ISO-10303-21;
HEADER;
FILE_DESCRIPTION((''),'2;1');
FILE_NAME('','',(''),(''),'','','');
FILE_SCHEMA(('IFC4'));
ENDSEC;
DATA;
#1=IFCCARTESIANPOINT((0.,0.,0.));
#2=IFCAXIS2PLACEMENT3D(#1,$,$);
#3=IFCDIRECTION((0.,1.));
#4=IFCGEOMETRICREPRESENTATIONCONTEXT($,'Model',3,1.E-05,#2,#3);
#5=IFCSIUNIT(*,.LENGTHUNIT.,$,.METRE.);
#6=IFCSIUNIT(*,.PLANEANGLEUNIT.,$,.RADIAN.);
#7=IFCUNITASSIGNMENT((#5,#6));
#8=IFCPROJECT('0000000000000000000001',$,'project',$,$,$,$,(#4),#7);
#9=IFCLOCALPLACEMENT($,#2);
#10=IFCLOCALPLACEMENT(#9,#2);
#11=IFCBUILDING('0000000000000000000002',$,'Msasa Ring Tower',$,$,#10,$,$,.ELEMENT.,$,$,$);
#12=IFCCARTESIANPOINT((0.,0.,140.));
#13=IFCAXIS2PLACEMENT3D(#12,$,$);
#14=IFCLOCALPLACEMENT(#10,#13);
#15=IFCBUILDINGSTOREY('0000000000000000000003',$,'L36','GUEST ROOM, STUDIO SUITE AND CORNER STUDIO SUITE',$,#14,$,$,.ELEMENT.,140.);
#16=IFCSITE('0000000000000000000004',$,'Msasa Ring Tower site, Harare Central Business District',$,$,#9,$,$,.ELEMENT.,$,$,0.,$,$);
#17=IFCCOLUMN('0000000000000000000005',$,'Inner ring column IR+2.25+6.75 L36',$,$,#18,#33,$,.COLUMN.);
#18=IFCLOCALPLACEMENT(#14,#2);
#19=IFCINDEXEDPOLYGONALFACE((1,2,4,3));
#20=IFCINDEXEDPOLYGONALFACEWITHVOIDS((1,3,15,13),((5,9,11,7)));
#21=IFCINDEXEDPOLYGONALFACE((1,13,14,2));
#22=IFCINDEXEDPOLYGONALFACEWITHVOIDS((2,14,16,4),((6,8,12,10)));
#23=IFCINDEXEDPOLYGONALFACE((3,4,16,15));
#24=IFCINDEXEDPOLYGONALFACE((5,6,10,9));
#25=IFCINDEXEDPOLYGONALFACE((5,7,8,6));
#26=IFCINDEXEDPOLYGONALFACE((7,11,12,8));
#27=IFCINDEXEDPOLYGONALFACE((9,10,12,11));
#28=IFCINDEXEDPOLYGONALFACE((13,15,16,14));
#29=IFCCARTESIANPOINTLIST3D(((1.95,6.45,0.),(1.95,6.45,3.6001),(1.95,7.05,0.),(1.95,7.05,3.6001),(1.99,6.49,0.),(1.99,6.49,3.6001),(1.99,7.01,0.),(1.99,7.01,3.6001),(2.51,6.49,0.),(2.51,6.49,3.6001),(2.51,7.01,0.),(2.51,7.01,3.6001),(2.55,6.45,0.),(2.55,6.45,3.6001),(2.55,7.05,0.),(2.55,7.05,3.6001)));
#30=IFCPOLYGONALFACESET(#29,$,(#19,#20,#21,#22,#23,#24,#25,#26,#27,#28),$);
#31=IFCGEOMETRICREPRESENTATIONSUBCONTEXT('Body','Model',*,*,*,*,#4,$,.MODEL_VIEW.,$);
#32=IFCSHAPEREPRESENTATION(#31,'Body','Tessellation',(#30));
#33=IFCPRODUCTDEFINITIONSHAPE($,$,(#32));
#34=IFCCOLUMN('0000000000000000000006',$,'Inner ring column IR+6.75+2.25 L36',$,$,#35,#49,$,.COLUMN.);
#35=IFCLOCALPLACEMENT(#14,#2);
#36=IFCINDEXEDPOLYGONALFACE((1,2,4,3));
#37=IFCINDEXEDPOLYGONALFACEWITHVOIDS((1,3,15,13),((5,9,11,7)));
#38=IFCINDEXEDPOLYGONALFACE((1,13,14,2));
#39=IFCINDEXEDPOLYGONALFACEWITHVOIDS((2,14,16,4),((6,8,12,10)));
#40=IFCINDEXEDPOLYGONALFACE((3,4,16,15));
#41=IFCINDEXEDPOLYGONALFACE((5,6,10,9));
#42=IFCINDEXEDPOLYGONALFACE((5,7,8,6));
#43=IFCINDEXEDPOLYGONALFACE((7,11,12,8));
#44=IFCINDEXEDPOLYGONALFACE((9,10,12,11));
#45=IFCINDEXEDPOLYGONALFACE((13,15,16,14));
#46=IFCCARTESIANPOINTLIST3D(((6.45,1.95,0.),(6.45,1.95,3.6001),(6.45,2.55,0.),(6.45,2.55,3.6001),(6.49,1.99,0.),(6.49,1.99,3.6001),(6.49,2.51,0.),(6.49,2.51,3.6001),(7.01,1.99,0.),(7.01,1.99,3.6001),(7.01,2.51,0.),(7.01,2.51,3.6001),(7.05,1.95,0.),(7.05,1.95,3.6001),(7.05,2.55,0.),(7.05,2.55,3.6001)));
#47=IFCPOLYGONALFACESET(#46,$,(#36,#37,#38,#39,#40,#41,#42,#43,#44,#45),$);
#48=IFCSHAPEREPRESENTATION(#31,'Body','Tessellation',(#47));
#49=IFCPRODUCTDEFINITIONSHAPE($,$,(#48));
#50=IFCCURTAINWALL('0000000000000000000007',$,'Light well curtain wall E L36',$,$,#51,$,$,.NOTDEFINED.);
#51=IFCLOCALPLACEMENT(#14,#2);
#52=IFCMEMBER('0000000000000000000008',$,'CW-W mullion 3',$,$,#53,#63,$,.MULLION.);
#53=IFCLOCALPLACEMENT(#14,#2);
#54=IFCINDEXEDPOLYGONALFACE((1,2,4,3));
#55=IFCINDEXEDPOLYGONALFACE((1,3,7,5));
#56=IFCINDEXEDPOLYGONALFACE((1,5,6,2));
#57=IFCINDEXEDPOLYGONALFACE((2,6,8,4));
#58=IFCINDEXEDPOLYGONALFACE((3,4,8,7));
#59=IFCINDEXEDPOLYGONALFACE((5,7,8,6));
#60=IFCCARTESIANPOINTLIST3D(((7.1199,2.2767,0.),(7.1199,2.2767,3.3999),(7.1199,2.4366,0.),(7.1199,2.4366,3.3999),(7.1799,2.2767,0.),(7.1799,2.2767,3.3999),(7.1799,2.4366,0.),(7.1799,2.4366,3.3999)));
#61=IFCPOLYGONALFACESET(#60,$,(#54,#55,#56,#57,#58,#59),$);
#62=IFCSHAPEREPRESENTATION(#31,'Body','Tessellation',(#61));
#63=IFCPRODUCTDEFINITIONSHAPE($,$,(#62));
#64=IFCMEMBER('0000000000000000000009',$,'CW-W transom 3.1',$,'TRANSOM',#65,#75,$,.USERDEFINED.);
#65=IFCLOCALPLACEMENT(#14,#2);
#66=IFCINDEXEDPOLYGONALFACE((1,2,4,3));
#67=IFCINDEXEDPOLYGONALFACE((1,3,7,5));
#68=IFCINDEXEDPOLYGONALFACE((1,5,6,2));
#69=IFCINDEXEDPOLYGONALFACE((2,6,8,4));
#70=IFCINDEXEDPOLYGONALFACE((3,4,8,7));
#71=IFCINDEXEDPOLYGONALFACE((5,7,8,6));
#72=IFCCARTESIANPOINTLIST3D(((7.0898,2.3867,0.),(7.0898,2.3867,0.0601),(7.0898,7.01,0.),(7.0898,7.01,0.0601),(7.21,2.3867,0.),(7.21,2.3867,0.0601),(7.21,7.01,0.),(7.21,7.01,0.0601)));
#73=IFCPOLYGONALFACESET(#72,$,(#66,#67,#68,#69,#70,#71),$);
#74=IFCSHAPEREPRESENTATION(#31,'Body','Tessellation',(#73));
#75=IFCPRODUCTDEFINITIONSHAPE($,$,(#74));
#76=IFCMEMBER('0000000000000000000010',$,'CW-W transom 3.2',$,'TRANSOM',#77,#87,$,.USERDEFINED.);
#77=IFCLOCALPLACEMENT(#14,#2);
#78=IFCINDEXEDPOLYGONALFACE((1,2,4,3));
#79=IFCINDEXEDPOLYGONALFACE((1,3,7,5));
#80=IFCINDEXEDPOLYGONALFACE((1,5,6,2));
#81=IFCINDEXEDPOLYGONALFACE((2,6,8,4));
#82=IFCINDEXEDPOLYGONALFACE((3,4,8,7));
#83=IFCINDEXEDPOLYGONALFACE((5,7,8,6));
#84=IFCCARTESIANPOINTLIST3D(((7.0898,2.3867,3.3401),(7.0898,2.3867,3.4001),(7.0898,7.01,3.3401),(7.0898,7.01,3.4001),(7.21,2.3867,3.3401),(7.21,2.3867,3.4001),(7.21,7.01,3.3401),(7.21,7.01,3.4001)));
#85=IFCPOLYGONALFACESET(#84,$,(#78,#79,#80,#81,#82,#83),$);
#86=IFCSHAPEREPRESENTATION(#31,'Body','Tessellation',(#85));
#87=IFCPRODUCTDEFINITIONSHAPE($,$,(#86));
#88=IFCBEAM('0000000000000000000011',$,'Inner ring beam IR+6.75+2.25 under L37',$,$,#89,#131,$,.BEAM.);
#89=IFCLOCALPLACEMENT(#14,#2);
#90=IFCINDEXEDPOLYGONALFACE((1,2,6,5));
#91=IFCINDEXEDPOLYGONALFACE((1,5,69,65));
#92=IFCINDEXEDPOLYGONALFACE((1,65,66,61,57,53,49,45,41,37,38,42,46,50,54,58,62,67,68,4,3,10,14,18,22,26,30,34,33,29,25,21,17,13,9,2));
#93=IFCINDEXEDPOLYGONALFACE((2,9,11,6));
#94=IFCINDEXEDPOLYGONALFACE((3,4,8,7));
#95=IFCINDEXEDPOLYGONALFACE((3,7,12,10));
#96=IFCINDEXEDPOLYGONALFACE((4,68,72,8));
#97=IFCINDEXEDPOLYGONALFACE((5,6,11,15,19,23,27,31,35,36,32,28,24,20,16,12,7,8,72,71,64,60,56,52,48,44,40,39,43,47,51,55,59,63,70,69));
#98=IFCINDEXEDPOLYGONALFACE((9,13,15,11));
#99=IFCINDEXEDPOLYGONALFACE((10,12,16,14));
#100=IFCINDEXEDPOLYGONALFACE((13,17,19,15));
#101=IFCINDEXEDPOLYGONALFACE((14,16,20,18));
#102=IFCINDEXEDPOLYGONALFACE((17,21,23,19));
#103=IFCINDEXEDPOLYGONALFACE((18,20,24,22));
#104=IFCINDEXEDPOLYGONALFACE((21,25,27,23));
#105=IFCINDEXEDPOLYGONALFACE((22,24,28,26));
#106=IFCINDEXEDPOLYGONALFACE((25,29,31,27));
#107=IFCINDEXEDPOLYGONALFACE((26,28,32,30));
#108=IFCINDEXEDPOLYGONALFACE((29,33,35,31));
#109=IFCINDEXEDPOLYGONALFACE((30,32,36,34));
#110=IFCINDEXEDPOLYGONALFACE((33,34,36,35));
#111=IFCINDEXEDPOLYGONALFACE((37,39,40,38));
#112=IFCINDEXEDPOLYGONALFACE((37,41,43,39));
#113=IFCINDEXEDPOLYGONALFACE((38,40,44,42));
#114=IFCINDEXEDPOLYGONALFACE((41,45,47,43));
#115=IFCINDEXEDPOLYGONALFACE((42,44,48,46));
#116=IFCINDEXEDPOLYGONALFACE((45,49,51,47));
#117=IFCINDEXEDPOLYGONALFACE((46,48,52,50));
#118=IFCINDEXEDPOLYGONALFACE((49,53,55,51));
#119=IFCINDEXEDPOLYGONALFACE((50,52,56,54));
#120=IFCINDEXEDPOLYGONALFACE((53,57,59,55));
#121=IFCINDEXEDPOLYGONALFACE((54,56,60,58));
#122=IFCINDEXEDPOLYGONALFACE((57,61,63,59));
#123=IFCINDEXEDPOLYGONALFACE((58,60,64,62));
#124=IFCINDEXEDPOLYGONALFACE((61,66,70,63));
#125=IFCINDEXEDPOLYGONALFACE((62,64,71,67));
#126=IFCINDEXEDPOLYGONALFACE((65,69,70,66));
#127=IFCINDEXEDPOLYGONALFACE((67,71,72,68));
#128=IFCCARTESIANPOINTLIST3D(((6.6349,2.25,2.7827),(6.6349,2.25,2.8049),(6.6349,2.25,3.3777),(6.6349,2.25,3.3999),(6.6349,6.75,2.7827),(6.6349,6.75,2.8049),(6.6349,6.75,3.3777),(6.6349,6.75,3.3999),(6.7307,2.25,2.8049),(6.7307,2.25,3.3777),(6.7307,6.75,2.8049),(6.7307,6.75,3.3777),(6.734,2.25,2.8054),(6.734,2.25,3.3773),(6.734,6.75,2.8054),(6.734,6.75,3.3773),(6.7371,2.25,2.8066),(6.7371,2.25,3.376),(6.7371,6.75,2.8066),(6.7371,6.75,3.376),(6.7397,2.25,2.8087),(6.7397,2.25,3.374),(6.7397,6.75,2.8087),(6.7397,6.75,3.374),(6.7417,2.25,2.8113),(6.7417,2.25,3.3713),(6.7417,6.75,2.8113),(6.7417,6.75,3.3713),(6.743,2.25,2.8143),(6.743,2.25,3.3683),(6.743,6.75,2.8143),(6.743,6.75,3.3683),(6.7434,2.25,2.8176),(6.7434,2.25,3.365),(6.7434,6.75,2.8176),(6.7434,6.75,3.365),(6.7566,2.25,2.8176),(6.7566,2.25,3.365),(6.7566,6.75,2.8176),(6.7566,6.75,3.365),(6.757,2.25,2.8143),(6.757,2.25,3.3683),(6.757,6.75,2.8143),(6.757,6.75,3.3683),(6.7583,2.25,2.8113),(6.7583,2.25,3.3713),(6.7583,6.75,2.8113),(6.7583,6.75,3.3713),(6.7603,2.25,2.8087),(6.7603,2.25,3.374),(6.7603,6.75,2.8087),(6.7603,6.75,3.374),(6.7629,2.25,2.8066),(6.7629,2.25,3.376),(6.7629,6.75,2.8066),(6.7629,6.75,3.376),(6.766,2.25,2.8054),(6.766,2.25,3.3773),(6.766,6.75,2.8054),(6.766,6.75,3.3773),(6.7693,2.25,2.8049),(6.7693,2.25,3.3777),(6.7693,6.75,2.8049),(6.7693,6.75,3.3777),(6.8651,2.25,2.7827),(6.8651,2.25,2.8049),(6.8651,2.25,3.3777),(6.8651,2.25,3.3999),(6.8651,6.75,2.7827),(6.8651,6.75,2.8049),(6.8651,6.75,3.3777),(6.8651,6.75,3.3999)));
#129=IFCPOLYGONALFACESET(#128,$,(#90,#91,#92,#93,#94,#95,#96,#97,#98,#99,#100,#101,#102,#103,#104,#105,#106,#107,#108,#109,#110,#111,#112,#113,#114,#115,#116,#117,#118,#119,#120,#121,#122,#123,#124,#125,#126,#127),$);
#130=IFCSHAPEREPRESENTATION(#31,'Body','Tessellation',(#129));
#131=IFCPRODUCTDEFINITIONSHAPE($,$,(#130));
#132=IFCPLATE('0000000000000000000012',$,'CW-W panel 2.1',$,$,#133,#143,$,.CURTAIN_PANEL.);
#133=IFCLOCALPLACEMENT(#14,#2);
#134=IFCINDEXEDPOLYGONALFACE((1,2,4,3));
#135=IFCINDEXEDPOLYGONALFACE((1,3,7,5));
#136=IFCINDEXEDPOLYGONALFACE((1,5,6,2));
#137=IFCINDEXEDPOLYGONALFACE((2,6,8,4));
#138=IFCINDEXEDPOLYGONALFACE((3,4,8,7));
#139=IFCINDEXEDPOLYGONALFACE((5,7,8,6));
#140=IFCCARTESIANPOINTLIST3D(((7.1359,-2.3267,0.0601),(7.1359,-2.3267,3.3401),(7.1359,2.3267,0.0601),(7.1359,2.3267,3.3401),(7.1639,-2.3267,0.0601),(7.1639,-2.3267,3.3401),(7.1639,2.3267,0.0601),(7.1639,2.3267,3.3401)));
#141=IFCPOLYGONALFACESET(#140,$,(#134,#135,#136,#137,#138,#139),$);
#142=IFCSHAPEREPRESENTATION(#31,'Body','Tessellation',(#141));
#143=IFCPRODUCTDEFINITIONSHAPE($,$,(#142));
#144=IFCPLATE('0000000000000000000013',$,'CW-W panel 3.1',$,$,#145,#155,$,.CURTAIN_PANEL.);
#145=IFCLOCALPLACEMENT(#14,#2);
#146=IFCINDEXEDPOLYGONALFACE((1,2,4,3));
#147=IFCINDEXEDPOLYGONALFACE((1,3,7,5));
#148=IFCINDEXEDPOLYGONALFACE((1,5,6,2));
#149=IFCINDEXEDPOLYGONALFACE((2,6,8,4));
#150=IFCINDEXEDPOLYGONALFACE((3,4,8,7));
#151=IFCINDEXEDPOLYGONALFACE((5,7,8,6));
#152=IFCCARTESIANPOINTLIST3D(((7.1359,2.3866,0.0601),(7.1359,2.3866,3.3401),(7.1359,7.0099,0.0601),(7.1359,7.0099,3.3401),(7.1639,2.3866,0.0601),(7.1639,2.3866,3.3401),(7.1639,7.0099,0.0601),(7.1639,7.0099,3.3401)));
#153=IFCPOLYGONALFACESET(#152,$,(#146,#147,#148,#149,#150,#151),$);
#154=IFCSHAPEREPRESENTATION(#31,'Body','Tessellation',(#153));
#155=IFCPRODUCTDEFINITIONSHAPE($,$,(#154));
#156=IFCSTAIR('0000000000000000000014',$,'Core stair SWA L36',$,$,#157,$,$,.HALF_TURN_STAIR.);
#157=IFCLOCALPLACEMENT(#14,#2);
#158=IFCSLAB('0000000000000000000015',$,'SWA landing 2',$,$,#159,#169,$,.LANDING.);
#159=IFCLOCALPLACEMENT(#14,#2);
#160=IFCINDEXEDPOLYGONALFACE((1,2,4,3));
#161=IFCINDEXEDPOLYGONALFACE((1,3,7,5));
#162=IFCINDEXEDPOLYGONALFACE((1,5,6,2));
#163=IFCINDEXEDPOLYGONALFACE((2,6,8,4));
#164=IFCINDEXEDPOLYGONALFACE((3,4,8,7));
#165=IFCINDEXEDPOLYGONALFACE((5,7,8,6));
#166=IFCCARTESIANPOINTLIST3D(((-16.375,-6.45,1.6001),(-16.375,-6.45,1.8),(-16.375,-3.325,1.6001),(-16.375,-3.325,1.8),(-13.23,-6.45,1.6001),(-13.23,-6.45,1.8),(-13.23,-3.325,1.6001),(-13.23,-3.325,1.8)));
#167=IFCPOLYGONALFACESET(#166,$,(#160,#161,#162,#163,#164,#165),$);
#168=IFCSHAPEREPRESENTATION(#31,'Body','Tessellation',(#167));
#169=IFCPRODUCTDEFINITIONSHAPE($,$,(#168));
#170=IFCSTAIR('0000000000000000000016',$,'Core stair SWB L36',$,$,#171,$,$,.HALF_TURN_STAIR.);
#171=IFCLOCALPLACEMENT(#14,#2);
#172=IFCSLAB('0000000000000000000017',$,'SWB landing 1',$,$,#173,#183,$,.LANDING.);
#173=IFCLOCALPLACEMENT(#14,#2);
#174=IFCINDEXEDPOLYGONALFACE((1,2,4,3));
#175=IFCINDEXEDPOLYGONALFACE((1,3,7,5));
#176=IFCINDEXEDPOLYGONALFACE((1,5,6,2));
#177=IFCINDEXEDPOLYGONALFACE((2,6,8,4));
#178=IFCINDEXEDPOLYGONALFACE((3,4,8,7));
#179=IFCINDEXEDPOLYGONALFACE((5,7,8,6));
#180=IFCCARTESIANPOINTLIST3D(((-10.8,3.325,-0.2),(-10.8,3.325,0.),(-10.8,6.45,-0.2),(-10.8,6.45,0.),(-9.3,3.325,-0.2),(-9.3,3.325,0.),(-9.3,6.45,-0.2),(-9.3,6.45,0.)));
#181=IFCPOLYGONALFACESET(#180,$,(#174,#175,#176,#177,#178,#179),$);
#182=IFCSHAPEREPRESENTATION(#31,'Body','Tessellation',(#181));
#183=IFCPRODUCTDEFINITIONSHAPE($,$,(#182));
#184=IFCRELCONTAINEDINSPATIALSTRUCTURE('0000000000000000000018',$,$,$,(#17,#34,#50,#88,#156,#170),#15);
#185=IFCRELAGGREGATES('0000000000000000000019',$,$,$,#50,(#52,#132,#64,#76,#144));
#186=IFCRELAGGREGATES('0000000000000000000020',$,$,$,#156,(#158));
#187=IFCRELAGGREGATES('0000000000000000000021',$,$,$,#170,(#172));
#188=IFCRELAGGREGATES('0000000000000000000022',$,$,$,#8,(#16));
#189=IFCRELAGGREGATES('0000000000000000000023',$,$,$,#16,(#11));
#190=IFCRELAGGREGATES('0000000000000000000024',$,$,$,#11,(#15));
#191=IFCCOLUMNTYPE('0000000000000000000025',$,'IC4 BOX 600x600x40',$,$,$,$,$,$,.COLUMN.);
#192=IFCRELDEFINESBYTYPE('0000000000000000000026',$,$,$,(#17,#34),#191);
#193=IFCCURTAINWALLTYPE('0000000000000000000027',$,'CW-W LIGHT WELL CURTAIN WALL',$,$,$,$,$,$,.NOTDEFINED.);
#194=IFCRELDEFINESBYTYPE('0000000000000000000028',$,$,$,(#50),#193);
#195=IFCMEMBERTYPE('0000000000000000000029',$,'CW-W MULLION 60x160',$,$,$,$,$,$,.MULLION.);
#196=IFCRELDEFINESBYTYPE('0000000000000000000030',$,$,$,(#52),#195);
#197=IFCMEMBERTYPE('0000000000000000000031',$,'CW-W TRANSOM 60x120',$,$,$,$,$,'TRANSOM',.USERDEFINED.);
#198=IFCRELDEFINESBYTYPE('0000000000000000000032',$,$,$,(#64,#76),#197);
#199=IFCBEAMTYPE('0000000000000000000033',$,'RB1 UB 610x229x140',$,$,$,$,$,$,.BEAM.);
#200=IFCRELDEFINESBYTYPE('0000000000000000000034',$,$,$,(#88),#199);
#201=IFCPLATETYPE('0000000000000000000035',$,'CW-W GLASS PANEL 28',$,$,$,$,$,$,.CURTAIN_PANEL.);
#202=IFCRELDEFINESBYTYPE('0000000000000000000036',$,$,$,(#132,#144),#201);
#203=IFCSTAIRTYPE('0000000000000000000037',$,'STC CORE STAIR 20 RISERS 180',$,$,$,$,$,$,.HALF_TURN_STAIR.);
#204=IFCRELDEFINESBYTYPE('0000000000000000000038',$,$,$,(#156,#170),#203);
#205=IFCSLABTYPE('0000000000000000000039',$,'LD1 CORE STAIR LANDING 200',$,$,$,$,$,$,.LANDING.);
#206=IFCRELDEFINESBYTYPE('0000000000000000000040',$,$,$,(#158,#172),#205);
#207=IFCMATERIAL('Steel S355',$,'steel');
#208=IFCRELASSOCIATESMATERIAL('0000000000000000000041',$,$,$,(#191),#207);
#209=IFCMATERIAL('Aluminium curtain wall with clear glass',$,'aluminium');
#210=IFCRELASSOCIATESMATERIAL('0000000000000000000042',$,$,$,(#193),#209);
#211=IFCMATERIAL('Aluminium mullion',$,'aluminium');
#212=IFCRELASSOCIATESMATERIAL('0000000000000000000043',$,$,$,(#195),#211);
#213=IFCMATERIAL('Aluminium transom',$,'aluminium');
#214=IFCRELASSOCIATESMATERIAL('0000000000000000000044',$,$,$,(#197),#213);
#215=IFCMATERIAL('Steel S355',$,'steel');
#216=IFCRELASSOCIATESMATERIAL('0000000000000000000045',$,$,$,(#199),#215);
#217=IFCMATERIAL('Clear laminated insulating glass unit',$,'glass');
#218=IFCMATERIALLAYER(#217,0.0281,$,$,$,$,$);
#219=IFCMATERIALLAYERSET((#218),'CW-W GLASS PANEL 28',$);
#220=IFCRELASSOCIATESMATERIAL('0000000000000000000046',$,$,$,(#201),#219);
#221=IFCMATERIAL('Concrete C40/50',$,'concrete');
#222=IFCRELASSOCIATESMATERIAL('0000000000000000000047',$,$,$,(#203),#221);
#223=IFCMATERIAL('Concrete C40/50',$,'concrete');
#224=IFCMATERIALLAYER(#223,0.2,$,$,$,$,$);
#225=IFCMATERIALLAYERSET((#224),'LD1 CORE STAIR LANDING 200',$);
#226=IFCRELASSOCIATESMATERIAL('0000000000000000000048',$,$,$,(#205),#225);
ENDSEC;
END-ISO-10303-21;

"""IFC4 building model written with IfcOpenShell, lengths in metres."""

from ifc_helpers import new_model, si_unit, direction, frame, origin, origin_2d, place, context, subcontext, project, spatial, polyline, rectangle, hollow_rectangle, i_section, outline, extrude, material, layer, layer_set, material_profile, profile_set, type_object, element, aggregate, save


model = new_model("IFC4")

# Units and contexts
model_context = context("Model", 3, precision=1e-05, world=origin(), true_north=direction((0.0, 1.0)))
body_context = subcontext(model_context, "Body", "Model", "MODEL_VIEW")
ifc_project = project(units=[si_unit("LENGTHUNIT", "METRE"), si_unit("PLANEANGLEUNIT", "RADIAN")], contexts=[model_context])

# Site, building, storey
site_placement = place(None, origin())
site = spatial("IfcSite", under=ifc_project, at=site_placement, Name="Msasa Ring Tower site, Harare Central Business District", CompositionType="ELEMENT", RefElevation=0.0)
building_placement = place(site_placement, origin())
building = spatial("IfcBuilding", under=site, at=building_placement, Name="Msasa Ring Tower", CompositionType="ELEMENT")
storey_placement = place(building_placement, frame((0.0, 0.0, 140.0)))
storey = spatial("IfcBuildingStorey", under=building, at=storey_placement, Name="L36", Description="GUEST ROOM, STUDIO SUITE AND CORNER STUDIO SUITE", CompositionType="ELEMENT", Elevation=140.0)

# Columns
ifc_material_1 = material(Name="Steel S355", Category="steel")
ifc_material_profile_1 = material_profile(ifc_material_1, hollow_rectangle(XDim=0.6001, YDim=0.6001, WallThickness=0.04, at=origin_2d()), Name="BOX 600x600x40")
ifc_profile_set_1 = profile_set([ifc_material_profile_1], Name="Steel S355")
column_type = type_object("IfcColumnType", Name="IC4 BOX 600x600x40", PredefinedType="COLUMN", material=ifc_profile_set_1)
for number, where, z_axis, x_axis, name in (
    (1, (2.25, 6.75, 0.0), (0.0, 0.0, 1.0), (1.0, 0.0, 0.0), "Inner ring column IR+2.25+6.75 L36"),
    (2, (6.75, 2.25, 0.0), (0.0, 0.0, 1.0), (1.0, 0.0, 0.0), "Inner ring column IR+6.75+2.25 L36"),
):
    element("IfcColumn", number, at=place(storey_placement, frame(where, z_axis=z_axis, x_axis=x_axis)), inside=storey, type_object=column_type, Name=name, PredefinedType="COLUMN", context=body_context, shape_type="SweptSolid", body=[
        extrude(hollow_rectangle(XDim=0.6001, YDim=0.6001, WallThickness=0.04, at=origin_2d()), origin(), (0.0, 0.0, 1.0), 3.6001),
    ])

# Curtain wall, members
ifc_material_2 = material(Name="Aluminium curtain wall with clear glass", Category="aluminium")
curtain_wall_type = type_object("IfcCurtainWallType", Name="CW-W LIGHT WELL CURTAIN WALL", PredefinedType="NOTDEFINED", material=ifc_material_2)
curtain_wall_placement = place(storey_placement, origin())
curtain_wall = element("IfcCurtainWall", 3, at=curtain_wall_placement, inside=storey, type_object=curtain_wall_type, Name="Light well curtain wall E L36", PredefinedType="NOTDEFINED")
ifc_material_3 = material(Name="Aluminium mullion", Category="aluminium")
ifc_material_profile_2 = material_profile(ifc_material_3, rectangle(XDim=0.0601, YDim=0.1599, at=origin_2d()), Name="AL 60x160")
ifc_profile_set_2 = profile_set([ifc_material_profile_2], Name="Aluminium mullion")
member_type_1 = type_object("IfcMemberType", Name="CW-W MULLION 60x160", PredefinedType="MULLION", material=ifc_profile_set_2)
member_1_placement = place(storey_placement, frame((7.1499, 2.3567, 0.0), z_axis=(0.0, 0.0, 1.0), x_axis=(-1.0, 0.0, 0.0)))
member_1 = element("IfcMember", 4, at=member_1_placement, type_object=member_type_1, Name="CW-W mullion 3", PredefinedType="MULLION", context=body_context, shape_type="SweptSolid", body=[
    extrude(rectangle(XDim=0.0601, YDim=0.1599, at=origin_2d()), origin(), (0.0, 0.0, 1.0), 3.3999),
])
ifc_material_4 = material(Name="Aluminium transom", Category="aluminium")
ifc_material_profile_3 = material_profile(ifc_material_4, rectangle(XDim=0.1201, YDim=0.0601, at=origin_2d()), Name="AL 60x120")
ifc_profile_set_3 = profile_set([ifc_material_profile_3], Name="Aluminium transom")
member_type_2 = type_object("IfcMemberType", Name="CW-W TRANSOM 60x120", ElementType="TRANSOM", PredefinedType="USERDEFINED", material=ifc_profile_set_3)
member_2_placement = place(storey_placement, frame((7.1499, 2.3867, 0.03), z_axis=(0.0, 1.0, 0.0), x_axis=(-1.0, 0.0, 0.0)))
member_2 = element("IfcMember", 5, at=member_2_placement, type_object=member_type_2, Name="CW-W transom 3.1", ObjectType="TRANSOM", PredefinedType="USERDEFINED", context=body_context, shape_type="SweptSolid", body=[
    extrude(rectangle(XDim=0.1201, YDim=0.0601, at=origin_2d()), origin(), (0.0, 0.0, 1.0), 4.6233),
])
member_3_placement = place(storey_placement, frame((7.1499, 2.3867, 3.3701), z_axis=(0.0, 1.0, 0.0), x_axis=(-1.0, 0.0, 0.0)))
member_3 = element("IfcMember", 6, at=member_3_placement, type_object=member_type_2, Name="CW-W transom 3.2", ObjectType="TRANSOM", PredefinedType="USERDEFINED", context=body_context, shape_type="SweptSolid", body=[
    extrude(rectangle(XDim=0.1201, YDim=0.0601, at=origin_2d()), origin(), (0.0, 0.0, 1.0), 4.6233),
])

# Beam
ifc_material_5 = material(Name="Steel S355", Category="steel")
ifc_material_profile_4 = material_profile(ifc_material_5, i_section(OverallWidth=0.2302, OverallDepth=0.6172, WebThickness=0.0132, FlangeThickness=0.0222, FilletRadius=0.0127, at=origin_2d()), Name="UB 610x229x140")
ifc_profile_set_4 = profile_set([ifc_material_profile_4], Name="Steel S355")
beam_type = type_object("IfcBeamType", Name="RB1 UB 610x229x140", PredefinedType="BEAM", material=ifc_profile_set_4)
beam_placement = place(storey_placement, frame((6.75, 2.25, 3.0913), z_axis=(0.0, 1.0, 0.0), x_axis=(-1.0, 0.0, 0.0)))
element("IfcBeam", 7, at=beam_placement, inside=storey, type_object=beam_type, Name="Inner ring beam IR+6.75+2.25 under L37", PredefinedType="BEAM", context=body_context, shape_type="SweptSolid", body=[
    extrude(i_section(OverallWidth=0.2302, OverallDepth=0.6172, WebThickness=0.0132, FlangeThickness=0.0222, FilletRadius=0.0127, at=origin_2d()), origin(), (0.0, 0.0, 1.0), 4.5),
])

# Plates
ifc_material_6 = material(Name="Clear laminated insulating glass unit", Category="glass")
ifc_layer_1 = layer(ifc_material_6, 0.0281)
ifc_layer_set_1 = layer_set([ifc_layer_1], Name="CW-W GLASS PANEL 28")
plate_type = type_object("IfcPlateType", Name="CW-W GLASS PANEL 28", PredefinedType="CURTAIN_PANEL", material=ifc_layer_set_1)
plate_1_placement = place(storey_placement, frame((7.1499, 0.0, 0.0601), z_axis=(0.0, 0.0, 1.0), x_axis=(0.0, 1.0, 0.0)))
plate_1 = element("IfcPlate", 8, at=plate_1_placement, type_object=plate_type, Name="CW-W panel 2.1", PredefinedType="CURTAIN_PANEL", context=body_context, shape_type="SweptSolid", body=[
    extrude(rectangle(XDim=4.6533, YDim=0.0281, at=origin_2d()), origin(), (0.0, 0.0, 1.0), 3.28),
])
plate_2_placement = place(storey_placement, frame((7.1499, 4.6982, 0.0601), z_axis=(0.0, 0.0, 1.0), x_axis=(0.0, 1.0, 0.0)))
plate_2 = element("IfcPlate", 9, at=plate_2_placement, type_object=plate_type, Name="CW-W panel 3.1", PredefinedType="CURTAIN_PANEL", context=body_context, shape_type="SweptSolid", body=[
    extrude(rectangle(XDim=4.6233, YDim=0.0281, at=origin_2d()), origin(), (0.0, 0.0, 1.0), 3.28),
])
aggregate(curtain_wall, [member_1, plate_1, member_2, member_3, plate_2])

# Stair, slab
ifc_material_7 = material(Name="Concrete C40/50", Category="concrete")
stair_type = type_object("IfcStairType", Name="STC CORE STAIR 20 RISERS 180", PredefinedType="HALF_TURN_STAIR", material=ifc_material_7)
stair_1_placement = place(storey_placement, origin())
stair_1 = element("IfcStair", 10, at=stair_1_placement, inside=storey, type_object=stair_type, Name="Core stair SWA L36", PredefinedType="HALF_TURN_STAIR")
ifc_material_8 = material(Name="Concrete C40/50", Category="concrete")
ifc_layer_2 = layer(ifc_material_8, 0.2)
ifc_layer_set_2 = layer_set([ifc_layer_2], Name="LD1 CORE STAIR LANDING 200")
slab_type = type_object("IfcSlabType", Name="LD1 CORE STAIR LANDING 200", PredefinedType="LANDING", material=ifc_layer_set_2)
slab_1_placement = place(storey_placement, frame((0.0, 0.0, 1.6001)))
slab_1 = element("IfcSlab", 11, at=slab_1_placement, type_object=slab_type, Name="SWA landing 2", PredefinedType="LANDING", context=body_context, shape_type="SweptSolid", body=[
    extrude(outline(polyline([(-16.375, -6.45), (-13.23, -6.45), (-13.23, -3.325), (-16.375, -3.325), (-16.375, -6.45)])), origin(), (0.0, 0.0, 1.0), 0.2),
])
aggregate(stair_1, [slab_1])

# Stair, slab
stair_2_placement = place(storey_placement, origin())
stair_2 = element("IfcStair", 12, at=stair_2_placement, inside=storey, type_object=stair_type, Name="Core stair SWB L36", PredefinedType="HALF_TURN_STAIR")
slab_2_placement = place(storey_placement, frame((0.0, 0.0, -0.2)))
slab_2 = element("IfcSlab", 13, at=slab_2_placement, type_object=slab_type, Name="SWB landing 1", PredefinedType="LANDING", context=body_context, shape_type="SweptSolid", body=[
    extrude(outline(polyline([(-10.8, 3.325), (-9.3, 3.325), (-9.3, 6.45), (-10.8, 6.45), (-10.8, 3.325)])), origin(), (0.0, 0.0, 1.0), 0.2),
])
aggregate(stair_2, [slab_2])

save(model, "model.ifc")
